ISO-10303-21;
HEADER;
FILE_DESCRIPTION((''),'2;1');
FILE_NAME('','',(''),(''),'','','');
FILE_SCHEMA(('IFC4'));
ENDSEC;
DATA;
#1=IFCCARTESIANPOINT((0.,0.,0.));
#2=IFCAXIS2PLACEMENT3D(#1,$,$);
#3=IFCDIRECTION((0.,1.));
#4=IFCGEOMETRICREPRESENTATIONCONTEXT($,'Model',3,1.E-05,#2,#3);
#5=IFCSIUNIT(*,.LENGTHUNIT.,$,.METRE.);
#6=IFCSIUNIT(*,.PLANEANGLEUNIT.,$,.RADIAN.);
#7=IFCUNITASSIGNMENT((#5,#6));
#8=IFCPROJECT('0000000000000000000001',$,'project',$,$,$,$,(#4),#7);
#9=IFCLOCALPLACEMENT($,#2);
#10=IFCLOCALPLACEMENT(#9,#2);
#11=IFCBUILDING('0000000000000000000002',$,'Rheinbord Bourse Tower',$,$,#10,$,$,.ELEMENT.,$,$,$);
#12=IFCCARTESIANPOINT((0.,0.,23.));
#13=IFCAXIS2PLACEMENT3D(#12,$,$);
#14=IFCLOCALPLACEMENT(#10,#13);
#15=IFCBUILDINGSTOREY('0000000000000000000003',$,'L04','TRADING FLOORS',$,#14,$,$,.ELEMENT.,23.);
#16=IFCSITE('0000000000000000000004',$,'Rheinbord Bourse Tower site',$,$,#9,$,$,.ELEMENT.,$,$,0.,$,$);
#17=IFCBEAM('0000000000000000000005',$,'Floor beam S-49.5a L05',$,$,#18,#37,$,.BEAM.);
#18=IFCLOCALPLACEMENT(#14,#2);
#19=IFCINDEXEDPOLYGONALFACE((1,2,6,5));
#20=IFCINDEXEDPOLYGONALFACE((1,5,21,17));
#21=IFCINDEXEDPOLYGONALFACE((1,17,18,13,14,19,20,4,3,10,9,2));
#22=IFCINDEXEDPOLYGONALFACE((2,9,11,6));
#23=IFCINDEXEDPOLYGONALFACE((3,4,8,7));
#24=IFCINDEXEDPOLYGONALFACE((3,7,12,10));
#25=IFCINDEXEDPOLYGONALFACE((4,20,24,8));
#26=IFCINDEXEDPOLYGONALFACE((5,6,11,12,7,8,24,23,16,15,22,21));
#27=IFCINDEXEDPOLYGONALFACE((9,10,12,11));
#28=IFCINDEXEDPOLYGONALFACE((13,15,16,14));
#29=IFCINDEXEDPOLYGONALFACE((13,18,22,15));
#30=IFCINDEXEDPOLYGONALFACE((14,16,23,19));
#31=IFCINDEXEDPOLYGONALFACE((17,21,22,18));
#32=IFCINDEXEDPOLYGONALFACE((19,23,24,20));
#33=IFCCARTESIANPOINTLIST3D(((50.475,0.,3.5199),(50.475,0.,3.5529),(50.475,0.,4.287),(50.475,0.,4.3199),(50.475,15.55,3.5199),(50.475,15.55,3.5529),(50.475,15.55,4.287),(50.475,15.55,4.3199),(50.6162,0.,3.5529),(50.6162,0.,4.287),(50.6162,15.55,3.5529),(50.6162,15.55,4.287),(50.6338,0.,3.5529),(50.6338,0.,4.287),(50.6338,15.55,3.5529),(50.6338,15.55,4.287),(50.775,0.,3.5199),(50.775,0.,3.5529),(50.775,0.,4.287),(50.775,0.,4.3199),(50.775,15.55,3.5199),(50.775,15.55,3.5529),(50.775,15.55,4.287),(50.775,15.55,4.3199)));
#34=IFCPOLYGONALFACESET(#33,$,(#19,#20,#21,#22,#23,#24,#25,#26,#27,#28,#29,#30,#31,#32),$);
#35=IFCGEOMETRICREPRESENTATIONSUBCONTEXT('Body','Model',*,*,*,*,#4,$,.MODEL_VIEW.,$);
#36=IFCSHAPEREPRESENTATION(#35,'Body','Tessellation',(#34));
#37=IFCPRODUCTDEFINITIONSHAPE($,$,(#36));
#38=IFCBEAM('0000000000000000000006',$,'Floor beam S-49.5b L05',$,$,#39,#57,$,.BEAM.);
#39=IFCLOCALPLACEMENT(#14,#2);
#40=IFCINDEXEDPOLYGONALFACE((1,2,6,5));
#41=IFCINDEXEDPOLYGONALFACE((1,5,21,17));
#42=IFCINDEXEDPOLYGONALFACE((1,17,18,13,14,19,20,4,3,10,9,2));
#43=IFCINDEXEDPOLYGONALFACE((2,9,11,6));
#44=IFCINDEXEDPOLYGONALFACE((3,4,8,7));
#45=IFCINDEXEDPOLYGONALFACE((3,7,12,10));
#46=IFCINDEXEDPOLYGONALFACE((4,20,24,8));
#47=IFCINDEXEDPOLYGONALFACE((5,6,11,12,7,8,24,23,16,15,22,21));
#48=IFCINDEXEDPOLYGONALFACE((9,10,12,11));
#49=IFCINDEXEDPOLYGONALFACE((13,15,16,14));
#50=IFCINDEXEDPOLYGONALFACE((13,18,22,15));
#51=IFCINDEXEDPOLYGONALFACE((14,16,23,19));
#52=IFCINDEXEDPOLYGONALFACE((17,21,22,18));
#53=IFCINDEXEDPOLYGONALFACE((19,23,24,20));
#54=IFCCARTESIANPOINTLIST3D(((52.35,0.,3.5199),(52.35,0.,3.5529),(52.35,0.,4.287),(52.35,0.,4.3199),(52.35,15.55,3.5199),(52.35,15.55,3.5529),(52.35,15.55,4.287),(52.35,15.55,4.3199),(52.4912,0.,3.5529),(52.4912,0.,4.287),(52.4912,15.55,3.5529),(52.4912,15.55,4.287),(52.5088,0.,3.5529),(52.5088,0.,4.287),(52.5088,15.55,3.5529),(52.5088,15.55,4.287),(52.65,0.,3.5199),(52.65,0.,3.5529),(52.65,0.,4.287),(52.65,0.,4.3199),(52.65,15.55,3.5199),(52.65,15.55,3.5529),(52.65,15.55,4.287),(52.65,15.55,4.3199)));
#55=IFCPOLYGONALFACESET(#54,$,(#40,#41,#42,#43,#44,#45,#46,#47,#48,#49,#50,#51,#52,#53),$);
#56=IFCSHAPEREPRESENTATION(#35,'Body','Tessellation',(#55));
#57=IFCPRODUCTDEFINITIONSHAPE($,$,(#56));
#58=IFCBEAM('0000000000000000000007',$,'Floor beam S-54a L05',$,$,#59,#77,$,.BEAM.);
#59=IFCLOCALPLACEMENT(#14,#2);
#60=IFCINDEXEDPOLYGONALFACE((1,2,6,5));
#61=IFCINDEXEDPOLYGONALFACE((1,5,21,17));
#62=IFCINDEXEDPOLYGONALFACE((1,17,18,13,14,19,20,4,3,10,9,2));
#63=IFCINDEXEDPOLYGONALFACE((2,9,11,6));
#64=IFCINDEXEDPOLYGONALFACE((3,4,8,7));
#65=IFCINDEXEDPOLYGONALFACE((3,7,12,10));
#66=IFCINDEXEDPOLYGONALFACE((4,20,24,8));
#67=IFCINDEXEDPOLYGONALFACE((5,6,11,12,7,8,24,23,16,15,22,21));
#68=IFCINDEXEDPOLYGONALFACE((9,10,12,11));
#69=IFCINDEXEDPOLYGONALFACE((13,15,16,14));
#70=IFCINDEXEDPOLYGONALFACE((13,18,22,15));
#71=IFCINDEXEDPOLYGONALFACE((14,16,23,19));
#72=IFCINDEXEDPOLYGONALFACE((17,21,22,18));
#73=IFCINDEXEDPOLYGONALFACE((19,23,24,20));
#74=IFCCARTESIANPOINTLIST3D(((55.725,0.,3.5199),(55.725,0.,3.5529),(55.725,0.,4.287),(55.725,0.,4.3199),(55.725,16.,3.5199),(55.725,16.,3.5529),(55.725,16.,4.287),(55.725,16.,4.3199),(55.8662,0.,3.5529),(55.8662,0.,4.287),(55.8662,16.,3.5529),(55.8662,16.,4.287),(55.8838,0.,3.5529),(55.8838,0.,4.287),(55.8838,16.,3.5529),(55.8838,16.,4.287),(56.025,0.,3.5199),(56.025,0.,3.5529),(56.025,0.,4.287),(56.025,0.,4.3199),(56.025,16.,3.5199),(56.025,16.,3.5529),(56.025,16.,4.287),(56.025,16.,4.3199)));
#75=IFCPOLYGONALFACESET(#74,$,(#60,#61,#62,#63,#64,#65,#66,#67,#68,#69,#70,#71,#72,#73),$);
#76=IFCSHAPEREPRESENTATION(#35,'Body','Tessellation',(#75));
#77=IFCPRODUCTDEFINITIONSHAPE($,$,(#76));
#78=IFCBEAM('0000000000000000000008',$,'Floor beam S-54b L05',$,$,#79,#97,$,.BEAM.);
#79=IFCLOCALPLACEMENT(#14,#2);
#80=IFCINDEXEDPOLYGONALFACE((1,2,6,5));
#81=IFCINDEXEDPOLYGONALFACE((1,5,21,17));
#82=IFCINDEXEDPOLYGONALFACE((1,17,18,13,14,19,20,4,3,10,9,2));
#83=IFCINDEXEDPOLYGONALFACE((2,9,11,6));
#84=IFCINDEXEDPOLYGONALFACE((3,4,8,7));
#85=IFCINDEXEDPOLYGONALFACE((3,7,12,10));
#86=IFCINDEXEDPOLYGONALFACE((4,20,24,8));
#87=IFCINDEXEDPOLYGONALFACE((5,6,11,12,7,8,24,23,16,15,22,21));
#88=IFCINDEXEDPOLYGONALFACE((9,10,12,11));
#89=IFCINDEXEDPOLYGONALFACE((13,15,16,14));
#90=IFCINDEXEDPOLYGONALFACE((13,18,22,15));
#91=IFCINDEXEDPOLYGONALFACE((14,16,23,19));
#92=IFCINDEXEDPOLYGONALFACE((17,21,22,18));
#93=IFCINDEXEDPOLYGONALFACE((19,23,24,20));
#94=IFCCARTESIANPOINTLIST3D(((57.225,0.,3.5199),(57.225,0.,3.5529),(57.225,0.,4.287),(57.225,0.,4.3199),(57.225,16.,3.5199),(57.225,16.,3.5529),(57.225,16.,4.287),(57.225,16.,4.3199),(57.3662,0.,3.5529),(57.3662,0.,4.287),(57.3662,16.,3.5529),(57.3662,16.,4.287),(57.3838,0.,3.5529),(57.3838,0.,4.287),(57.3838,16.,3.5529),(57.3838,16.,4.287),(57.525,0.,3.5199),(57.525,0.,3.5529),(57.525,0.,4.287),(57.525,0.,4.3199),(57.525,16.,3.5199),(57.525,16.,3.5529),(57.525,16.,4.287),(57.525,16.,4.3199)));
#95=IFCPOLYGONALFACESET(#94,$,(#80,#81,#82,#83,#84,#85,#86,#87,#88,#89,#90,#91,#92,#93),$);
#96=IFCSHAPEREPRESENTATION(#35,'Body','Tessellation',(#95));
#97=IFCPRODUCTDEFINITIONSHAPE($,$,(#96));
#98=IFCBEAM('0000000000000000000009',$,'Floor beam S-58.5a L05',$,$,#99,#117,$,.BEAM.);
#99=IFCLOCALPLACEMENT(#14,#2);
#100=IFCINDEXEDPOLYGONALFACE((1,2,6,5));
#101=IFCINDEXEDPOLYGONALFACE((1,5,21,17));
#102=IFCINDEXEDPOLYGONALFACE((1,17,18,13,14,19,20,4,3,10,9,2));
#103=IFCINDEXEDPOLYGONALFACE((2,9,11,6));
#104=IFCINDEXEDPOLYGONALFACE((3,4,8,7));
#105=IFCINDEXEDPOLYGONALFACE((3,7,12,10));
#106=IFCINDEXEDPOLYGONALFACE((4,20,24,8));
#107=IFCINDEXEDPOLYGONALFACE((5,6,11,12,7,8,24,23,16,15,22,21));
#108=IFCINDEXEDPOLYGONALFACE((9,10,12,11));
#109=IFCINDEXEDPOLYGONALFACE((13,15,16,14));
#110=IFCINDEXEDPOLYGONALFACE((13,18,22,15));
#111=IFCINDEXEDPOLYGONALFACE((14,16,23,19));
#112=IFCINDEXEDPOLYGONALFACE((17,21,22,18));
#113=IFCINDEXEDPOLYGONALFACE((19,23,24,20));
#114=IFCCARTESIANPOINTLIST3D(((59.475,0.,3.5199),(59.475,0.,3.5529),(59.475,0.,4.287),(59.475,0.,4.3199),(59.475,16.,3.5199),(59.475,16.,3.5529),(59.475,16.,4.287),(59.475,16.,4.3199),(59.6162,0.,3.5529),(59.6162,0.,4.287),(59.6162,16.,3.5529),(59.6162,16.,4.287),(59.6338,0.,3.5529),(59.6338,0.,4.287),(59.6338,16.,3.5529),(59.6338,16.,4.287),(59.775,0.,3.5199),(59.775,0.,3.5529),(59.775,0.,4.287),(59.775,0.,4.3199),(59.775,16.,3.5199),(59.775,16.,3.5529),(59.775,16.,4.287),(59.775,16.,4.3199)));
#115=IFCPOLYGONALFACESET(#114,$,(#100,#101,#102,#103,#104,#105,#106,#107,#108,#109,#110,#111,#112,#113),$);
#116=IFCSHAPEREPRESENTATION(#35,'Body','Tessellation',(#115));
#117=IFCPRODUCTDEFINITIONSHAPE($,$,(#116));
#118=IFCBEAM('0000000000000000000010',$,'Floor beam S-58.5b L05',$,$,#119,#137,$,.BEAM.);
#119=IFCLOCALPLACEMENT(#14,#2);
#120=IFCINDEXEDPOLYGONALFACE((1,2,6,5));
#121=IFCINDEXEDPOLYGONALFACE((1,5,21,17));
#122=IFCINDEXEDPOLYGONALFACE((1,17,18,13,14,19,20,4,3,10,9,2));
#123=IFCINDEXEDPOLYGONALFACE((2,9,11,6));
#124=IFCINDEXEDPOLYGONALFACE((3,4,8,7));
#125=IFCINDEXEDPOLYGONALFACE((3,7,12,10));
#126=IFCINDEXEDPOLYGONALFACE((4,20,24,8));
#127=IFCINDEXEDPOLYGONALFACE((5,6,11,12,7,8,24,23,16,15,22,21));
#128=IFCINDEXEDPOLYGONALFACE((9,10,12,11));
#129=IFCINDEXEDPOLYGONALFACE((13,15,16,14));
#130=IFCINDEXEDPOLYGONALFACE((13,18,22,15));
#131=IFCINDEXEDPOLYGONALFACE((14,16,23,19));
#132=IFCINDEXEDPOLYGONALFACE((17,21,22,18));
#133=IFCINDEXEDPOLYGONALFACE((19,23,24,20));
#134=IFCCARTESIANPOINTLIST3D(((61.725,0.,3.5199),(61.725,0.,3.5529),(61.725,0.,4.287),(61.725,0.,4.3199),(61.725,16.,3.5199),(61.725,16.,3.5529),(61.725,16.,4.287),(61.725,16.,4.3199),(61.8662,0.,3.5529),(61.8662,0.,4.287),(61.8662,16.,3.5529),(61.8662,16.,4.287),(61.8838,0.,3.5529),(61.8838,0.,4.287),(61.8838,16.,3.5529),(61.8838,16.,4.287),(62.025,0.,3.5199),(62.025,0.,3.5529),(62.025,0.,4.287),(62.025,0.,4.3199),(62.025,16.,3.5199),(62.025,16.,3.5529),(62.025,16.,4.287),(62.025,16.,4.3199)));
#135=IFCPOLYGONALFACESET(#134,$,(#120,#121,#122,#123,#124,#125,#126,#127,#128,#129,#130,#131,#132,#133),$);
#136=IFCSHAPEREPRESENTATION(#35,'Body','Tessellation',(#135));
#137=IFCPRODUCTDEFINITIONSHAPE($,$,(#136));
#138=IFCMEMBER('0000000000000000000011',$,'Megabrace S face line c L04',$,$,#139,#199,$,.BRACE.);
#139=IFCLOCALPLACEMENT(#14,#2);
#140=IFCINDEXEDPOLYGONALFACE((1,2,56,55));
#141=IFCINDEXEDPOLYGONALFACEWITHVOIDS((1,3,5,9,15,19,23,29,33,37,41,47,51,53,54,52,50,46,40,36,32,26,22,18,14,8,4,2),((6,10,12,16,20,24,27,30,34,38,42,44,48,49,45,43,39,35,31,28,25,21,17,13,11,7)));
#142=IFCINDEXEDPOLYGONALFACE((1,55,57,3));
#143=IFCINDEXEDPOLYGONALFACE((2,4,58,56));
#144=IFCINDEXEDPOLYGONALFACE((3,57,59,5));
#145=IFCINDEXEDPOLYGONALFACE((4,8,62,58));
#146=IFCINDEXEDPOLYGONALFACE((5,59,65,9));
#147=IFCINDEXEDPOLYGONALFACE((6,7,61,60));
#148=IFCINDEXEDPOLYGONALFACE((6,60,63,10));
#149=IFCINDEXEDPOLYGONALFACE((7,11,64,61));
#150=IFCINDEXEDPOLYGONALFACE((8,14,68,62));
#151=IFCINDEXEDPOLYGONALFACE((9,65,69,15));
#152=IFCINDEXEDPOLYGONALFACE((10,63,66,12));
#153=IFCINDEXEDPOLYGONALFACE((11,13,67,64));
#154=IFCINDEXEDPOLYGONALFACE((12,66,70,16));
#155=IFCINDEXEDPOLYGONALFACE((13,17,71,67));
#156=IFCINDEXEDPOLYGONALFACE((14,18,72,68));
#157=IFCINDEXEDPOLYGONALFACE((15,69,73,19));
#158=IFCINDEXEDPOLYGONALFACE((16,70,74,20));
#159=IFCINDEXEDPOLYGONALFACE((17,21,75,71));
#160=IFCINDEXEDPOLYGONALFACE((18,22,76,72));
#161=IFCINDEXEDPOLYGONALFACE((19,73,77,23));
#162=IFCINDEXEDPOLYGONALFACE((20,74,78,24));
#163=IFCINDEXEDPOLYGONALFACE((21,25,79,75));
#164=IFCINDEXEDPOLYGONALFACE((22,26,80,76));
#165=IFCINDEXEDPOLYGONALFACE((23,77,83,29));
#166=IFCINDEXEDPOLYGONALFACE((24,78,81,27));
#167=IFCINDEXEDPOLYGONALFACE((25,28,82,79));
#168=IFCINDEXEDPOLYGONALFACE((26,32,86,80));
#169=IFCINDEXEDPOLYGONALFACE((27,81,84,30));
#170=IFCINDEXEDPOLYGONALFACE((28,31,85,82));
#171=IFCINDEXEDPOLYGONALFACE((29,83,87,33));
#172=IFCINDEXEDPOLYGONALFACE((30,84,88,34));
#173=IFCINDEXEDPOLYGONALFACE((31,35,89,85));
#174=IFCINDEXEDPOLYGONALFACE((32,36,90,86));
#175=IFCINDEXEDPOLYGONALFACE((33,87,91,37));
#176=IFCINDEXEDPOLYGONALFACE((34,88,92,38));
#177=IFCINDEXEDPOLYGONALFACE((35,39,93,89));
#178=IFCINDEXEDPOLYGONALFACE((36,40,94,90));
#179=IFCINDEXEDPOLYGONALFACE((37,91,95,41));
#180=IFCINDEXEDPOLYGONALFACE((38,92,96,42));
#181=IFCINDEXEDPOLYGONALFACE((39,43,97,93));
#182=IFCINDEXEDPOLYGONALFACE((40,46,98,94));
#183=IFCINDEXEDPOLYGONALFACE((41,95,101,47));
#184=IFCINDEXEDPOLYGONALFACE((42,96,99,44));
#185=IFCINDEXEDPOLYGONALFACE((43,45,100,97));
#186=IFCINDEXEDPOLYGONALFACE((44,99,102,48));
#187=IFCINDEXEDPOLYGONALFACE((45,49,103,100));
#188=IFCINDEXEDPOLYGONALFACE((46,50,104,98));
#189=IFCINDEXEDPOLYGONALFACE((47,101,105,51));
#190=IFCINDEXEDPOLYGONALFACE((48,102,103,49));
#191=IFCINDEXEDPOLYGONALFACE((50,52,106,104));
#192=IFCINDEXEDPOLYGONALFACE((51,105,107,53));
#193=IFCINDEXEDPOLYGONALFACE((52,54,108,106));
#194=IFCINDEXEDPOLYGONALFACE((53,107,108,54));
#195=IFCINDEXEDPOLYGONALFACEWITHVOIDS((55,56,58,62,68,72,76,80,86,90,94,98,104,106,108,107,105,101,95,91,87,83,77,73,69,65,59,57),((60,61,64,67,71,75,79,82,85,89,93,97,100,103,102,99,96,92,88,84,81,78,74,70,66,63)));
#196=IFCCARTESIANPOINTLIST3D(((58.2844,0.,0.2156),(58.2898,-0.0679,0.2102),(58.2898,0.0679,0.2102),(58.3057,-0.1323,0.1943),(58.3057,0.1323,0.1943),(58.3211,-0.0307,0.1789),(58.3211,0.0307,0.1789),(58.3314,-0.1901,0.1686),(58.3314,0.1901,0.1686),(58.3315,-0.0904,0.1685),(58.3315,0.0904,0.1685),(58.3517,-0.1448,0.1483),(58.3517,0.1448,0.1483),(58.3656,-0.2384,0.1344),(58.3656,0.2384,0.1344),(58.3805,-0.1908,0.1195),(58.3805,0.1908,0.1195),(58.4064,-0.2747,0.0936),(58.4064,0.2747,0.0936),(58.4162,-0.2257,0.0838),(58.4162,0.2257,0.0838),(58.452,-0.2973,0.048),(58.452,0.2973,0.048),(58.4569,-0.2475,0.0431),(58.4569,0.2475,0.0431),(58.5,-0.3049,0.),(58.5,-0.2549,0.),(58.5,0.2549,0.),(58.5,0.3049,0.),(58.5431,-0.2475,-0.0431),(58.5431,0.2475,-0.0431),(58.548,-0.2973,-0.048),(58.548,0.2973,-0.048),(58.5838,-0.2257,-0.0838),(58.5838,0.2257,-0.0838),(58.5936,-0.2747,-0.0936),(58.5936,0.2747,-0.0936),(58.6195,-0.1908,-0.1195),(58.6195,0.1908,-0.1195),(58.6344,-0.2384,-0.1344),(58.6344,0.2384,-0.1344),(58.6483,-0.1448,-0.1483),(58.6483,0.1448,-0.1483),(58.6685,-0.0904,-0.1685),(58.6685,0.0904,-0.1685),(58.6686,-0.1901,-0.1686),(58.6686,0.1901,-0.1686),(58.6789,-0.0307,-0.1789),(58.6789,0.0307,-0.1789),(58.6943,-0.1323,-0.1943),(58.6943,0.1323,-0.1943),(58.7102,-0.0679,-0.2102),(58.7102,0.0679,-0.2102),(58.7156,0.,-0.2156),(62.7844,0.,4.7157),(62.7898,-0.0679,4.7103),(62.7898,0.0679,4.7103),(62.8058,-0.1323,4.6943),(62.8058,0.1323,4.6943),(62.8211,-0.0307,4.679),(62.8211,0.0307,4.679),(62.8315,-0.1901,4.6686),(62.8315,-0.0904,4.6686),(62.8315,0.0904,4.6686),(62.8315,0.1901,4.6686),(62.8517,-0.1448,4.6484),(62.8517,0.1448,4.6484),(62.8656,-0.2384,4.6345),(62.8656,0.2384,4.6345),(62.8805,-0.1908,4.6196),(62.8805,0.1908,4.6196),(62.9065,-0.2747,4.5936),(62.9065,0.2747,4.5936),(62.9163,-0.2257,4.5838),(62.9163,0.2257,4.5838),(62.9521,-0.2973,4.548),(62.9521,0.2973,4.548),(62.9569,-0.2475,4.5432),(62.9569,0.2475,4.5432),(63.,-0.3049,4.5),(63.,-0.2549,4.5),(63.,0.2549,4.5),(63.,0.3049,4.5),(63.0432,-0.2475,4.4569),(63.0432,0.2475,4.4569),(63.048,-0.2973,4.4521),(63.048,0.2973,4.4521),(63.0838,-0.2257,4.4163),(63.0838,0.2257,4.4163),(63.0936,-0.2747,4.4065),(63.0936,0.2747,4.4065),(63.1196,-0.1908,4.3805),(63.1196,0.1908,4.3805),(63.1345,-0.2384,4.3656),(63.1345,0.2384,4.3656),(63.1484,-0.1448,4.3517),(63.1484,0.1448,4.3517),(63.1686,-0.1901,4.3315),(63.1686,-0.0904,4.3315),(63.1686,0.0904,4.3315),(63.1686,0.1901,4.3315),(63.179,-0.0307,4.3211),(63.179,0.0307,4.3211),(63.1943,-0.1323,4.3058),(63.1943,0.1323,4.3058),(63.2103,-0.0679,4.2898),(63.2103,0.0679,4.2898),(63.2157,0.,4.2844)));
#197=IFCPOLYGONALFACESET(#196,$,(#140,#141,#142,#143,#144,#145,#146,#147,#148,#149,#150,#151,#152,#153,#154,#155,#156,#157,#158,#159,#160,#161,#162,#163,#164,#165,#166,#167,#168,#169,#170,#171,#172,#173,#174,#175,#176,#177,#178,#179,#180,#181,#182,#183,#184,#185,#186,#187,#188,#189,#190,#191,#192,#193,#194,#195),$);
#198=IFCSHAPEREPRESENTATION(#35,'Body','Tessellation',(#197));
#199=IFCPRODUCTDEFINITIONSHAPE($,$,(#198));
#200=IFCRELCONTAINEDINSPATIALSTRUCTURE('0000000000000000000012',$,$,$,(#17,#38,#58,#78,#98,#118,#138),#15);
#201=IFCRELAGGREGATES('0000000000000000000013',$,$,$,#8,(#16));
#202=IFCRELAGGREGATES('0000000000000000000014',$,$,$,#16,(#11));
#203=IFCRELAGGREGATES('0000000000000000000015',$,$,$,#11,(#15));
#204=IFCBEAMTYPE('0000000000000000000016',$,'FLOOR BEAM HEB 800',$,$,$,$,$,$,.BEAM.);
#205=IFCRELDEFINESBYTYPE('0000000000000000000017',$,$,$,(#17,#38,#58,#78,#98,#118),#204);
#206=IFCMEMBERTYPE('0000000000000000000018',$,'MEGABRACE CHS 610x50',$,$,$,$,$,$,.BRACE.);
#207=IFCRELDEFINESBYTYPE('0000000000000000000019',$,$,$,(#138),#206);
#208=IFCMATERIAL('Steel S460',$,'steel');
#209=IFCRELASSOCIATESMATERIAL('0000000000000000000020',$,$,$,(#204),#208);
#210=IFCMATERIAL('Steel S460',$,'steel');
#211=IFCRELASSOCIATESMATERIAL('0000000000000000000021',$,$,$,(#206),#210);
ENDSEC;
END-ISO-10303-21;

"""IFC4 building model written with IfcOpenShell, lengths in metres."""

from ifc_helpers import new_model, si_unit, direction, frame, origin, origin_2d, place, context, subcontext, project, spatial, hollow_circle, i_section, extrude, material, material_profile, profile_set, type_object, element, save


model = new_model("IFC4")

# Units and contexts
model_context = context("Model", 3, precision=1e-05, world=origin(), true_north=direction((0.0, 1.0)))
body_context = subcontext(model_context, "Body", "Model", "MODEL_VIEW")
ifc_project = project(units=[si_unit("LENGTHUNIT", "METRE"), si_unit("PLANEANGLEUNIT", "RADIAN")], contexts=[model_context])

# Site, building, storey
site_placement = place(None, origin())
site = spatial("IfcSite", under=ifc_project, at=site_placement, Name="Rheinbord Bourse Tower site", CompositionType="ELEMENT", RefElevation=0.0)
building_placement = place(site_placement, origin())
building = spatial("IfcBuilding", under=site, at=building_placement, Name="Rheinbord Bourse Tower", CompositionType="ELEMENT")
storey_placement = place(building_placement, frame((0.0, 0.0, 23.0)))
storey = spatial("IfcBuildingStorey", under=building, at=storey_placement, Name="L04", Description="TRADING FLOORS", CompositionType="ELEMENT", Elevation=23.0)

# Beams
ifc_material_1 = material(Name="Steel S460", Category="steel")
ifc_material_profile_1 = material_profile(ifc_material_1, i_section(OverallWidth=0.3, OverallDepth=0.8, WebThickness=0.0176, FlangeThickness=0.033, at=origin_2d()), Name="HEB 800")
ifc_profile_set_1 = profile_set([ifc_material_profile_1], Name="Steel S460")
beam_type_1 = type_object("IfcBeamType", Name="FLOOR BEAM HEB 800", PredefinedType="BEAM", material=ifc_profile_set_1)
for number, where, z_axis, x_axis, name in (
    (1, (50.625, 0.0, 3.9199), (0.0, 1.0, 0.0), (-1.0, 0.0, 0.0), "Floor beam S-49.5a L05"),
    (2, (52.5, 0.0, 3.9199), (0.0, 1.0, 0.0), (-1.0, 0.0, 0.0), "Floor beam S-49.5b L05"),
):
    element("IfcBeam", number, at=place(storey_placement, frame(where, z_axis=z_axis, x_axis=x_axis)), inside=storey, type_object=beam_type_1, Name=name, PredefinedType="BEAM", context=body_context, shape_type="SweptSolid", body=[
        extrude(i_section(OverallWidth=0.3, OverallDepth=0.8, WebThickness=0.0176, FlangeThickness=0.033, at=origin_2d()), origin(), (0.0, 0.0, 1.0), 15.55),
    ])
for number, where, z_axis, x_axis, name in (
    (3, (55.875, 0.0, 3.9199), (0.0, 1.0, 0.0), (-1.0, 0.0, 0.0), "Floor beam S-54a L05"),
    (4, (57.375, 0.0, 3.9199), (0.0, 1.0, 0.0), (-1.0, 0.0, 0.0), "Floor beam S-54b L05"),
    (5, (59.625, 0.0, 3.9199), (0.0, 1.0, 0.0), (-1.0, 0.0, 0.0), "Floor beam S-58.5a L05"),
    (6, (61.875, 0.0, 3.9199), (0.0, 1.0, 0.0), (-1.0, 0.0, 0.0), "Floor beam S-58.5b L05"),
):
    element("IfcBeam", number, at=place(storey_placement, frame(where, z_axis=z_axis, x_axis=x_axis)), inside=storey, type_object=beam_type_1, Name=name, PredefinedType="BEAM", context=body_context, shape_type="SweptSolid", body=[
        extrude(i_section(OverallWidth=0.3, OverallDepth=0.8, WebThickness=0.0176, FlangeThickness=0.033, at=origin_2d()), origin(), (0.0, 0.0, 1.0), 16.0),
    ])

# Member
ifc_material_2 = material(Name="Steel S460", Category="steel")
ifc_material_profile_2 = material_profile(ifc_material_2, hollow_circle(Radius=0.3049, WallThickness=0.05, at=origin_2d()), Name="CHS 610x50")
ifc_profile_set_2 = profile_set([ifc_material_profile_2], Name="Steel S460")
member_type_1 = type_object("IfcMemberType", Name="MEGABRACE CHS 610x50", PredefinedType="BRACE", material=ifc_profile_set_2)
member_1_placement = place(storey_placement, frame((58.5, 0.0, 0.0), z_axis=(0.707107, 0.0, 0.707107), x_axis=(0.0, 1.0, 0.0)))
element("IfcMember", 7, at=member_1_placement, inside=storey, type_object=member_type_1, Name="Megabrace S face line c L04", PredefinedType="BRACE", context=body_context, shape_type="SweptSolid", body=[
    extrude(hollow_circle(Radius=0.3049, WallThickness=0.05, at=origin_2d()), origin(), (0.0, 0.0, 1.0), 6.364),
])

save(model, "model.ifc")
